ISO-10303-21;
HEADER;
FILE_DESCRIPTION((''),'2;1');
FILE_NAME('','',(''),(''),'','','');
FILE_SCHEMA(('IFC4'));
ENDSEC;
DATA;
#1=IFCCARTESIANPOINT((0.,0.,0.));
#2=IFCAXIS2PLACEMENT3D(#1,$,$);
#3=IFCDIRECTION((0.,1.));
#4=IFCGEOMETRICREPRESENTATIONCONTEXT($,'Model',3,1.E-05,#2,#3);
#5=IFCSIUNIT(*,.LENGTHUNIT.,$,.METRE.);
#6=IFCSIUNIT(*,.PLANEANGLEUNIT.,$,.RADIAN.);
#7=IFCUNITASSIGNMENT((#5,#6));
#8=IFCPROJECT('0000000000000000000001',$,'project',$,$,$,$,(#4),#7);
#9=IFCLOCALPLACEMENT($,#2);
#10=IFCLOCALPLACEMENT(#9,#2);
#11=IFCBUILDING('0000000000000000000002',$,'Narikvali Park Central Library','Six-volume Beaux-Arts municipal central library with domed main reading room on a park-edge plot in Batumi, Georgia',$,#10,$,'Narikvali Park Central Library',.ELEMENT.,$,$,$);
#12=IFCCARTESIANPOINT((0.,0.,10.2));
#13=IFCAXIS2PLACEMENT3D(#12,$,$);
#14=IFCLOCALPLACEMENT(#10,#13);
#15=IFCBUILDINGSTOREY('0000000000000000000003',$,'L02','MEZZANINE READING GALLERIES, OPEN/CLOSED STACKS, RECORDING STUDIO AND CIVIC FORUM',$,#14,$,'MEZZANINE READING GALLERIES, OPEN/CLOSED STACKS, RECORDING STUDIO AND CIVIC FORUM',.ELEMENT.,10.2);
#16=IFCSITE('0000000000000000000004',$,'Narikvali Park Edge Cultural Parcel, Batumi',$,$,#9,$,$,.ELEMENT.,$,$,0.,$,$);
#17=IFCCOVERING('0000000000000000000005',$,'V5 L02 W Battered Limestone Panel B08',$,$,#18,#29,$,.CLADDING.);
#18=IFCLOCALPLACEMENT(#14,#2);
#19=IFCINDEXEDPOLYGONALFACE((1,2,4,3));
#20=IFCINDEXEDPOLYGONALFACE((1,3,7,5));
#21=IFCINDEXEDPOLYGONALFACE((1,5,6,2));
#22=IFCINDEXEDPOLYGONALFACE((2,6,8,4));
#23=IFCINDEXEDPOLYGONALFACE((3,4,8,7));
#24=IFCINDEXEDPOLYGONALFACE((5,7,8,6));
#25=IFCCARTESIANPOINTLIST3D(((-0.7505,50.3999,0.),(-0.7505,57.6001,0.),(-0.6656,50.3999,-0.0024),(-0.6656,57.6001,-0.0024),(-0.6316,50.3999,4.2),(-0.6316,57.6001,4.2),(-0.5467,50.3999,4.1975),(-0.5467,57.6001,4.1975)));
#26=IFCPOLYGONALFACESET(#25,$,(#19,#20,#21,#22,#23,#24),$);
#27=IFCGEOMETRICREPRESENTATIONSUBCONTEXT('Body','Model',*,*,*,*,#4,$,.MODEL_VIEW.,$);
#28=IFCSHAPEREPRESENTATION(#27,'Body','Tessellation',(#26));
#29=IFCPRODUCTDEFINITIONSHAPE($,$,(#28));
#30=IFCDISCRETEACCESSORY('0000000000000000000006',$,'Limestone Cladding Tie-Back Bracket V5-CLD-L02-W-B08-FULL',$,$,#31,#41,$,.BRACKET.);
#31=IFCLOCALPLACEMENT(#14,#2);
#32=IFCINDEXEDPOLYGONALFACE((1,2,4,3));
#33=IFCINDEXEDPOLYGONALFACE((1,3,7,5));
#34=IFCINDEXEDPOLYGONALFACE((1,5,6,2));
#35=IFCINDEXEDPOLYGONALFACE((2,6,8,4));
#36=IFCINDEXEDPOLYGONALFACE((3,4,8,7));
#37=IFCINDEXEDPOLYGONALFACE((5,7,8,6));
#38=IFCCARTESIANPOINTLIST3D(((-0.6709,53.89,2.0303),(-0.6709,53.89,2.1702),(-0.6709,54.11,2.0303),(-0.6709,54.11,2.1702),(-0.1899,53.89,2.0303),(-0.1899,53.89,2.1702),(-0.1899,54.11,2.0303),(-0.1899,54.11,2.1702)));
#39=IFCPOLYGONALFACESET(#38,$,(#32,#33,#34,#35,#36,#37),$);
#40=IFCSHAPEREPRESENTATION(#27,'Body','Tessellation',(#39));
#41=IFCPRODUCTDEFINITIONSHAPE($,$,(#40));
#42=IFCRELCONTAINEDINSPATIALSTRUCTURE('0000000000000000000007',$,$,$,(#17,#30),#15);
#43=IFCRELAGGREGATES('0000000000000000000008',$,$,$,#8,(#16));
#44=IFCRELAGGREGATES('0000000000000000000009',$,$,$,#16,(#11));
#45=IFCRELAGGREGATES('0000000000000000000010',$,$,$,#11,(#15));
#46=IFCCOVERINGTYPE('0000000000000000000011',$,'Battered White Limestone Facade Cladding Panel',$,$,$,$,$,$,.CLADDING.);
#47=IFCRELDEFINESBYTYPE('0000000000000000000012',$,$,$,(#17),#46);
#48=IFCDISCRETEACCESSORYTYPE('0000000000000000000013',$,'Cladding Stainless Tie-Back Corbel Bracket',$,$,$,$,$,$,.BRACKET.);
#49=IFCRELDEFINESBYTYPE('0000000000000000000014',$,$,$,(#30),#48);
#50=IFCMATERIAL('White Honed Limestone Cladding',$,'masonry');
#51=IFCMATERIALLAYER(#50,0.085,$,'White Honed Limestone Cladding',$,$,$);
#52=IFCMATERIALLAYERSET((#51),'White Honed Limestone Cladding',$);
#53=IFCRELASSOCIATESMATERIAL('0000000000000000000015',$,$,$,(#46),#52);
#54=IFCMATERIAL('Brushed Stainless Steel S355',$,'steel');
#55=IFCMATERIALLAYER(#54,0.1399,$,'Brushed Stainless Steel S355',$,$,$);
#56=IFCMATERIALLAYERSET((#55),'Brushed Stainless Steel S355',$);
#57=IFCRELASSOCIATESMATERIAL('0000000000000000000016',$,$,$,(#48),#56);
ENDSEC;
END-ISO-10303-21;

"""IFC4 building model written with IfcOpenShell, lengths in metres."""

from ifc_helpers import new_model, si_unit, direction, frame, origin, origin_2d, place, context, subcontext, project, spatial, polyline, rectangle, outline, extrude, material, layer, layer_set, type_object, element, save


model = new_model("IFC4")

# Units and contexts
model_context = context("Model", 3, precision=1e-05, world=origin(), true_north=direction((0.0, 1.0)))
body_context = subcontext(model_context, "Body", "Model", "MODEL_VIEW")
ifc_project = project(units=[si_unit("LENGTHUNIT", "METRE"), si_unit("PLANEANGLEUNIT", "RADIAN")], contexts=[model_context])

# Site, building, storey
site_placement = place(None, origin())
site = spatial("IfcSite", under=ifc_project, at=site_placement, Name="Narikvali Park Edge Cultural Parcel, Batumi", CompositionType="ELEMENT", RefElevation=0.0)
building_placement = place(site_placement, origin())
building = spatial("IfcBuilding", under=site, at=building_placement, Name="Narikvali Park Central Library", Description="Six-volume Beaux-Arts municipal central library with domed main reading room on a park-edge plot in Batumi, Georgia", LongName="Narikvali Park Central Library", CompositionType="ELEMENT")
storey_placement = place(building_placement, frame((0.0, 0.0, 10.2)))
storey = spatial("IfcBuildingStorey", under=building, at=storey_placement, Name="L02", Description="MEZZANINE READING GALLERIES, OPEN/CLOSED STACKS, RECORDING STUDIO AND CIVIC FORUM", LongName="MEZZANINE READING GALLERIES, OPEN/CLOSED STACKS, RECORDING STUDIO AND CIVIC FORUM", CompositionType="ELEMENT", Elevation=10.2)

# Covering
ifc_material_1 = material(Name="White Honed Limestone Cladding", Category="masonry")
ifc_layer_1 = layer(ifc_material_1, 0.085, Name="White Honed Limestone Cladding")
ifc_layer_set_1 = layer_set([ifc_layer_1], Name="White Honed Limestone Cladding")
covering_type = type_object("IfcCoveringType", Name="Battered White Limestone Facade Cladding Panel", PredefinedType="CLADDING", material=ifc_layer_set_1)
covering_placement = place(storey_placement, frame((-0.7505, 57.6001, 0.0), z_axis=(-0.9996, 0.0, 0.028298), x_axis=(0.0, -1.0, 0.0)))
element("IfcCovering", 1, at=covering_placement, inside=storey, type_object=covering_type, Name="V5 L02 W Battered Limestone Panel B08", PredefinedType="CLADDING", context=body_context, shape_type="SweptSolid", body=[
    extrude(outline(polyline([(0.0, 0.0), (7.2002, 0.0), (7.2002, 4.2016), (0.0, 4.2016), (0.0, 0.0)])), origin(), (0.0, 0.0, -1.0), 0.085),
])

# Discrete accessory
ifc_material_2 = material(Name="Brushed Stainless Steel S355", Category="steel")
ifc_layer_2 = layer(ifc_material_2, 0.1399, Name="Brushed Stainless Steel S355")
ifc_layer_set_2 = layer_set([ifc_layer_2], Name="Brushed Stainless Steel S355")
discrete_accessory_type = type_object("IfcDiscreteAccessoryType", Name="Cladding Stainless Tie-Back Corbel Bracket", PredefinedType="BRACKET", material=ifc_layer_set_2)
discrete_accessory_placement = place(storey_placement, frame((-0.4304, 54.0, 2.0303), z_axis=(0.0, 0.0, 1.0), x_axis=(1.0, 0.0, 0.0)))
element("IfcDiscreteAccessory", 2, at=discrete_accessory_placement, inside=storey, type_object=discrete_accessory_type, Name="Limestone Cladding Tie-Back Bracket V5-CLD-L02-W-B08-FULL", PredefinedType="BRACKET", context=body_context, shape_type="SweptSolid", body=[
    extrude(rectangle(XDim=0.481, YDim=0.22, at=origin_2d()), origin(), (0.0, 0.0, 1.0), 0.1399),
])

save(model, "model.ifc")
